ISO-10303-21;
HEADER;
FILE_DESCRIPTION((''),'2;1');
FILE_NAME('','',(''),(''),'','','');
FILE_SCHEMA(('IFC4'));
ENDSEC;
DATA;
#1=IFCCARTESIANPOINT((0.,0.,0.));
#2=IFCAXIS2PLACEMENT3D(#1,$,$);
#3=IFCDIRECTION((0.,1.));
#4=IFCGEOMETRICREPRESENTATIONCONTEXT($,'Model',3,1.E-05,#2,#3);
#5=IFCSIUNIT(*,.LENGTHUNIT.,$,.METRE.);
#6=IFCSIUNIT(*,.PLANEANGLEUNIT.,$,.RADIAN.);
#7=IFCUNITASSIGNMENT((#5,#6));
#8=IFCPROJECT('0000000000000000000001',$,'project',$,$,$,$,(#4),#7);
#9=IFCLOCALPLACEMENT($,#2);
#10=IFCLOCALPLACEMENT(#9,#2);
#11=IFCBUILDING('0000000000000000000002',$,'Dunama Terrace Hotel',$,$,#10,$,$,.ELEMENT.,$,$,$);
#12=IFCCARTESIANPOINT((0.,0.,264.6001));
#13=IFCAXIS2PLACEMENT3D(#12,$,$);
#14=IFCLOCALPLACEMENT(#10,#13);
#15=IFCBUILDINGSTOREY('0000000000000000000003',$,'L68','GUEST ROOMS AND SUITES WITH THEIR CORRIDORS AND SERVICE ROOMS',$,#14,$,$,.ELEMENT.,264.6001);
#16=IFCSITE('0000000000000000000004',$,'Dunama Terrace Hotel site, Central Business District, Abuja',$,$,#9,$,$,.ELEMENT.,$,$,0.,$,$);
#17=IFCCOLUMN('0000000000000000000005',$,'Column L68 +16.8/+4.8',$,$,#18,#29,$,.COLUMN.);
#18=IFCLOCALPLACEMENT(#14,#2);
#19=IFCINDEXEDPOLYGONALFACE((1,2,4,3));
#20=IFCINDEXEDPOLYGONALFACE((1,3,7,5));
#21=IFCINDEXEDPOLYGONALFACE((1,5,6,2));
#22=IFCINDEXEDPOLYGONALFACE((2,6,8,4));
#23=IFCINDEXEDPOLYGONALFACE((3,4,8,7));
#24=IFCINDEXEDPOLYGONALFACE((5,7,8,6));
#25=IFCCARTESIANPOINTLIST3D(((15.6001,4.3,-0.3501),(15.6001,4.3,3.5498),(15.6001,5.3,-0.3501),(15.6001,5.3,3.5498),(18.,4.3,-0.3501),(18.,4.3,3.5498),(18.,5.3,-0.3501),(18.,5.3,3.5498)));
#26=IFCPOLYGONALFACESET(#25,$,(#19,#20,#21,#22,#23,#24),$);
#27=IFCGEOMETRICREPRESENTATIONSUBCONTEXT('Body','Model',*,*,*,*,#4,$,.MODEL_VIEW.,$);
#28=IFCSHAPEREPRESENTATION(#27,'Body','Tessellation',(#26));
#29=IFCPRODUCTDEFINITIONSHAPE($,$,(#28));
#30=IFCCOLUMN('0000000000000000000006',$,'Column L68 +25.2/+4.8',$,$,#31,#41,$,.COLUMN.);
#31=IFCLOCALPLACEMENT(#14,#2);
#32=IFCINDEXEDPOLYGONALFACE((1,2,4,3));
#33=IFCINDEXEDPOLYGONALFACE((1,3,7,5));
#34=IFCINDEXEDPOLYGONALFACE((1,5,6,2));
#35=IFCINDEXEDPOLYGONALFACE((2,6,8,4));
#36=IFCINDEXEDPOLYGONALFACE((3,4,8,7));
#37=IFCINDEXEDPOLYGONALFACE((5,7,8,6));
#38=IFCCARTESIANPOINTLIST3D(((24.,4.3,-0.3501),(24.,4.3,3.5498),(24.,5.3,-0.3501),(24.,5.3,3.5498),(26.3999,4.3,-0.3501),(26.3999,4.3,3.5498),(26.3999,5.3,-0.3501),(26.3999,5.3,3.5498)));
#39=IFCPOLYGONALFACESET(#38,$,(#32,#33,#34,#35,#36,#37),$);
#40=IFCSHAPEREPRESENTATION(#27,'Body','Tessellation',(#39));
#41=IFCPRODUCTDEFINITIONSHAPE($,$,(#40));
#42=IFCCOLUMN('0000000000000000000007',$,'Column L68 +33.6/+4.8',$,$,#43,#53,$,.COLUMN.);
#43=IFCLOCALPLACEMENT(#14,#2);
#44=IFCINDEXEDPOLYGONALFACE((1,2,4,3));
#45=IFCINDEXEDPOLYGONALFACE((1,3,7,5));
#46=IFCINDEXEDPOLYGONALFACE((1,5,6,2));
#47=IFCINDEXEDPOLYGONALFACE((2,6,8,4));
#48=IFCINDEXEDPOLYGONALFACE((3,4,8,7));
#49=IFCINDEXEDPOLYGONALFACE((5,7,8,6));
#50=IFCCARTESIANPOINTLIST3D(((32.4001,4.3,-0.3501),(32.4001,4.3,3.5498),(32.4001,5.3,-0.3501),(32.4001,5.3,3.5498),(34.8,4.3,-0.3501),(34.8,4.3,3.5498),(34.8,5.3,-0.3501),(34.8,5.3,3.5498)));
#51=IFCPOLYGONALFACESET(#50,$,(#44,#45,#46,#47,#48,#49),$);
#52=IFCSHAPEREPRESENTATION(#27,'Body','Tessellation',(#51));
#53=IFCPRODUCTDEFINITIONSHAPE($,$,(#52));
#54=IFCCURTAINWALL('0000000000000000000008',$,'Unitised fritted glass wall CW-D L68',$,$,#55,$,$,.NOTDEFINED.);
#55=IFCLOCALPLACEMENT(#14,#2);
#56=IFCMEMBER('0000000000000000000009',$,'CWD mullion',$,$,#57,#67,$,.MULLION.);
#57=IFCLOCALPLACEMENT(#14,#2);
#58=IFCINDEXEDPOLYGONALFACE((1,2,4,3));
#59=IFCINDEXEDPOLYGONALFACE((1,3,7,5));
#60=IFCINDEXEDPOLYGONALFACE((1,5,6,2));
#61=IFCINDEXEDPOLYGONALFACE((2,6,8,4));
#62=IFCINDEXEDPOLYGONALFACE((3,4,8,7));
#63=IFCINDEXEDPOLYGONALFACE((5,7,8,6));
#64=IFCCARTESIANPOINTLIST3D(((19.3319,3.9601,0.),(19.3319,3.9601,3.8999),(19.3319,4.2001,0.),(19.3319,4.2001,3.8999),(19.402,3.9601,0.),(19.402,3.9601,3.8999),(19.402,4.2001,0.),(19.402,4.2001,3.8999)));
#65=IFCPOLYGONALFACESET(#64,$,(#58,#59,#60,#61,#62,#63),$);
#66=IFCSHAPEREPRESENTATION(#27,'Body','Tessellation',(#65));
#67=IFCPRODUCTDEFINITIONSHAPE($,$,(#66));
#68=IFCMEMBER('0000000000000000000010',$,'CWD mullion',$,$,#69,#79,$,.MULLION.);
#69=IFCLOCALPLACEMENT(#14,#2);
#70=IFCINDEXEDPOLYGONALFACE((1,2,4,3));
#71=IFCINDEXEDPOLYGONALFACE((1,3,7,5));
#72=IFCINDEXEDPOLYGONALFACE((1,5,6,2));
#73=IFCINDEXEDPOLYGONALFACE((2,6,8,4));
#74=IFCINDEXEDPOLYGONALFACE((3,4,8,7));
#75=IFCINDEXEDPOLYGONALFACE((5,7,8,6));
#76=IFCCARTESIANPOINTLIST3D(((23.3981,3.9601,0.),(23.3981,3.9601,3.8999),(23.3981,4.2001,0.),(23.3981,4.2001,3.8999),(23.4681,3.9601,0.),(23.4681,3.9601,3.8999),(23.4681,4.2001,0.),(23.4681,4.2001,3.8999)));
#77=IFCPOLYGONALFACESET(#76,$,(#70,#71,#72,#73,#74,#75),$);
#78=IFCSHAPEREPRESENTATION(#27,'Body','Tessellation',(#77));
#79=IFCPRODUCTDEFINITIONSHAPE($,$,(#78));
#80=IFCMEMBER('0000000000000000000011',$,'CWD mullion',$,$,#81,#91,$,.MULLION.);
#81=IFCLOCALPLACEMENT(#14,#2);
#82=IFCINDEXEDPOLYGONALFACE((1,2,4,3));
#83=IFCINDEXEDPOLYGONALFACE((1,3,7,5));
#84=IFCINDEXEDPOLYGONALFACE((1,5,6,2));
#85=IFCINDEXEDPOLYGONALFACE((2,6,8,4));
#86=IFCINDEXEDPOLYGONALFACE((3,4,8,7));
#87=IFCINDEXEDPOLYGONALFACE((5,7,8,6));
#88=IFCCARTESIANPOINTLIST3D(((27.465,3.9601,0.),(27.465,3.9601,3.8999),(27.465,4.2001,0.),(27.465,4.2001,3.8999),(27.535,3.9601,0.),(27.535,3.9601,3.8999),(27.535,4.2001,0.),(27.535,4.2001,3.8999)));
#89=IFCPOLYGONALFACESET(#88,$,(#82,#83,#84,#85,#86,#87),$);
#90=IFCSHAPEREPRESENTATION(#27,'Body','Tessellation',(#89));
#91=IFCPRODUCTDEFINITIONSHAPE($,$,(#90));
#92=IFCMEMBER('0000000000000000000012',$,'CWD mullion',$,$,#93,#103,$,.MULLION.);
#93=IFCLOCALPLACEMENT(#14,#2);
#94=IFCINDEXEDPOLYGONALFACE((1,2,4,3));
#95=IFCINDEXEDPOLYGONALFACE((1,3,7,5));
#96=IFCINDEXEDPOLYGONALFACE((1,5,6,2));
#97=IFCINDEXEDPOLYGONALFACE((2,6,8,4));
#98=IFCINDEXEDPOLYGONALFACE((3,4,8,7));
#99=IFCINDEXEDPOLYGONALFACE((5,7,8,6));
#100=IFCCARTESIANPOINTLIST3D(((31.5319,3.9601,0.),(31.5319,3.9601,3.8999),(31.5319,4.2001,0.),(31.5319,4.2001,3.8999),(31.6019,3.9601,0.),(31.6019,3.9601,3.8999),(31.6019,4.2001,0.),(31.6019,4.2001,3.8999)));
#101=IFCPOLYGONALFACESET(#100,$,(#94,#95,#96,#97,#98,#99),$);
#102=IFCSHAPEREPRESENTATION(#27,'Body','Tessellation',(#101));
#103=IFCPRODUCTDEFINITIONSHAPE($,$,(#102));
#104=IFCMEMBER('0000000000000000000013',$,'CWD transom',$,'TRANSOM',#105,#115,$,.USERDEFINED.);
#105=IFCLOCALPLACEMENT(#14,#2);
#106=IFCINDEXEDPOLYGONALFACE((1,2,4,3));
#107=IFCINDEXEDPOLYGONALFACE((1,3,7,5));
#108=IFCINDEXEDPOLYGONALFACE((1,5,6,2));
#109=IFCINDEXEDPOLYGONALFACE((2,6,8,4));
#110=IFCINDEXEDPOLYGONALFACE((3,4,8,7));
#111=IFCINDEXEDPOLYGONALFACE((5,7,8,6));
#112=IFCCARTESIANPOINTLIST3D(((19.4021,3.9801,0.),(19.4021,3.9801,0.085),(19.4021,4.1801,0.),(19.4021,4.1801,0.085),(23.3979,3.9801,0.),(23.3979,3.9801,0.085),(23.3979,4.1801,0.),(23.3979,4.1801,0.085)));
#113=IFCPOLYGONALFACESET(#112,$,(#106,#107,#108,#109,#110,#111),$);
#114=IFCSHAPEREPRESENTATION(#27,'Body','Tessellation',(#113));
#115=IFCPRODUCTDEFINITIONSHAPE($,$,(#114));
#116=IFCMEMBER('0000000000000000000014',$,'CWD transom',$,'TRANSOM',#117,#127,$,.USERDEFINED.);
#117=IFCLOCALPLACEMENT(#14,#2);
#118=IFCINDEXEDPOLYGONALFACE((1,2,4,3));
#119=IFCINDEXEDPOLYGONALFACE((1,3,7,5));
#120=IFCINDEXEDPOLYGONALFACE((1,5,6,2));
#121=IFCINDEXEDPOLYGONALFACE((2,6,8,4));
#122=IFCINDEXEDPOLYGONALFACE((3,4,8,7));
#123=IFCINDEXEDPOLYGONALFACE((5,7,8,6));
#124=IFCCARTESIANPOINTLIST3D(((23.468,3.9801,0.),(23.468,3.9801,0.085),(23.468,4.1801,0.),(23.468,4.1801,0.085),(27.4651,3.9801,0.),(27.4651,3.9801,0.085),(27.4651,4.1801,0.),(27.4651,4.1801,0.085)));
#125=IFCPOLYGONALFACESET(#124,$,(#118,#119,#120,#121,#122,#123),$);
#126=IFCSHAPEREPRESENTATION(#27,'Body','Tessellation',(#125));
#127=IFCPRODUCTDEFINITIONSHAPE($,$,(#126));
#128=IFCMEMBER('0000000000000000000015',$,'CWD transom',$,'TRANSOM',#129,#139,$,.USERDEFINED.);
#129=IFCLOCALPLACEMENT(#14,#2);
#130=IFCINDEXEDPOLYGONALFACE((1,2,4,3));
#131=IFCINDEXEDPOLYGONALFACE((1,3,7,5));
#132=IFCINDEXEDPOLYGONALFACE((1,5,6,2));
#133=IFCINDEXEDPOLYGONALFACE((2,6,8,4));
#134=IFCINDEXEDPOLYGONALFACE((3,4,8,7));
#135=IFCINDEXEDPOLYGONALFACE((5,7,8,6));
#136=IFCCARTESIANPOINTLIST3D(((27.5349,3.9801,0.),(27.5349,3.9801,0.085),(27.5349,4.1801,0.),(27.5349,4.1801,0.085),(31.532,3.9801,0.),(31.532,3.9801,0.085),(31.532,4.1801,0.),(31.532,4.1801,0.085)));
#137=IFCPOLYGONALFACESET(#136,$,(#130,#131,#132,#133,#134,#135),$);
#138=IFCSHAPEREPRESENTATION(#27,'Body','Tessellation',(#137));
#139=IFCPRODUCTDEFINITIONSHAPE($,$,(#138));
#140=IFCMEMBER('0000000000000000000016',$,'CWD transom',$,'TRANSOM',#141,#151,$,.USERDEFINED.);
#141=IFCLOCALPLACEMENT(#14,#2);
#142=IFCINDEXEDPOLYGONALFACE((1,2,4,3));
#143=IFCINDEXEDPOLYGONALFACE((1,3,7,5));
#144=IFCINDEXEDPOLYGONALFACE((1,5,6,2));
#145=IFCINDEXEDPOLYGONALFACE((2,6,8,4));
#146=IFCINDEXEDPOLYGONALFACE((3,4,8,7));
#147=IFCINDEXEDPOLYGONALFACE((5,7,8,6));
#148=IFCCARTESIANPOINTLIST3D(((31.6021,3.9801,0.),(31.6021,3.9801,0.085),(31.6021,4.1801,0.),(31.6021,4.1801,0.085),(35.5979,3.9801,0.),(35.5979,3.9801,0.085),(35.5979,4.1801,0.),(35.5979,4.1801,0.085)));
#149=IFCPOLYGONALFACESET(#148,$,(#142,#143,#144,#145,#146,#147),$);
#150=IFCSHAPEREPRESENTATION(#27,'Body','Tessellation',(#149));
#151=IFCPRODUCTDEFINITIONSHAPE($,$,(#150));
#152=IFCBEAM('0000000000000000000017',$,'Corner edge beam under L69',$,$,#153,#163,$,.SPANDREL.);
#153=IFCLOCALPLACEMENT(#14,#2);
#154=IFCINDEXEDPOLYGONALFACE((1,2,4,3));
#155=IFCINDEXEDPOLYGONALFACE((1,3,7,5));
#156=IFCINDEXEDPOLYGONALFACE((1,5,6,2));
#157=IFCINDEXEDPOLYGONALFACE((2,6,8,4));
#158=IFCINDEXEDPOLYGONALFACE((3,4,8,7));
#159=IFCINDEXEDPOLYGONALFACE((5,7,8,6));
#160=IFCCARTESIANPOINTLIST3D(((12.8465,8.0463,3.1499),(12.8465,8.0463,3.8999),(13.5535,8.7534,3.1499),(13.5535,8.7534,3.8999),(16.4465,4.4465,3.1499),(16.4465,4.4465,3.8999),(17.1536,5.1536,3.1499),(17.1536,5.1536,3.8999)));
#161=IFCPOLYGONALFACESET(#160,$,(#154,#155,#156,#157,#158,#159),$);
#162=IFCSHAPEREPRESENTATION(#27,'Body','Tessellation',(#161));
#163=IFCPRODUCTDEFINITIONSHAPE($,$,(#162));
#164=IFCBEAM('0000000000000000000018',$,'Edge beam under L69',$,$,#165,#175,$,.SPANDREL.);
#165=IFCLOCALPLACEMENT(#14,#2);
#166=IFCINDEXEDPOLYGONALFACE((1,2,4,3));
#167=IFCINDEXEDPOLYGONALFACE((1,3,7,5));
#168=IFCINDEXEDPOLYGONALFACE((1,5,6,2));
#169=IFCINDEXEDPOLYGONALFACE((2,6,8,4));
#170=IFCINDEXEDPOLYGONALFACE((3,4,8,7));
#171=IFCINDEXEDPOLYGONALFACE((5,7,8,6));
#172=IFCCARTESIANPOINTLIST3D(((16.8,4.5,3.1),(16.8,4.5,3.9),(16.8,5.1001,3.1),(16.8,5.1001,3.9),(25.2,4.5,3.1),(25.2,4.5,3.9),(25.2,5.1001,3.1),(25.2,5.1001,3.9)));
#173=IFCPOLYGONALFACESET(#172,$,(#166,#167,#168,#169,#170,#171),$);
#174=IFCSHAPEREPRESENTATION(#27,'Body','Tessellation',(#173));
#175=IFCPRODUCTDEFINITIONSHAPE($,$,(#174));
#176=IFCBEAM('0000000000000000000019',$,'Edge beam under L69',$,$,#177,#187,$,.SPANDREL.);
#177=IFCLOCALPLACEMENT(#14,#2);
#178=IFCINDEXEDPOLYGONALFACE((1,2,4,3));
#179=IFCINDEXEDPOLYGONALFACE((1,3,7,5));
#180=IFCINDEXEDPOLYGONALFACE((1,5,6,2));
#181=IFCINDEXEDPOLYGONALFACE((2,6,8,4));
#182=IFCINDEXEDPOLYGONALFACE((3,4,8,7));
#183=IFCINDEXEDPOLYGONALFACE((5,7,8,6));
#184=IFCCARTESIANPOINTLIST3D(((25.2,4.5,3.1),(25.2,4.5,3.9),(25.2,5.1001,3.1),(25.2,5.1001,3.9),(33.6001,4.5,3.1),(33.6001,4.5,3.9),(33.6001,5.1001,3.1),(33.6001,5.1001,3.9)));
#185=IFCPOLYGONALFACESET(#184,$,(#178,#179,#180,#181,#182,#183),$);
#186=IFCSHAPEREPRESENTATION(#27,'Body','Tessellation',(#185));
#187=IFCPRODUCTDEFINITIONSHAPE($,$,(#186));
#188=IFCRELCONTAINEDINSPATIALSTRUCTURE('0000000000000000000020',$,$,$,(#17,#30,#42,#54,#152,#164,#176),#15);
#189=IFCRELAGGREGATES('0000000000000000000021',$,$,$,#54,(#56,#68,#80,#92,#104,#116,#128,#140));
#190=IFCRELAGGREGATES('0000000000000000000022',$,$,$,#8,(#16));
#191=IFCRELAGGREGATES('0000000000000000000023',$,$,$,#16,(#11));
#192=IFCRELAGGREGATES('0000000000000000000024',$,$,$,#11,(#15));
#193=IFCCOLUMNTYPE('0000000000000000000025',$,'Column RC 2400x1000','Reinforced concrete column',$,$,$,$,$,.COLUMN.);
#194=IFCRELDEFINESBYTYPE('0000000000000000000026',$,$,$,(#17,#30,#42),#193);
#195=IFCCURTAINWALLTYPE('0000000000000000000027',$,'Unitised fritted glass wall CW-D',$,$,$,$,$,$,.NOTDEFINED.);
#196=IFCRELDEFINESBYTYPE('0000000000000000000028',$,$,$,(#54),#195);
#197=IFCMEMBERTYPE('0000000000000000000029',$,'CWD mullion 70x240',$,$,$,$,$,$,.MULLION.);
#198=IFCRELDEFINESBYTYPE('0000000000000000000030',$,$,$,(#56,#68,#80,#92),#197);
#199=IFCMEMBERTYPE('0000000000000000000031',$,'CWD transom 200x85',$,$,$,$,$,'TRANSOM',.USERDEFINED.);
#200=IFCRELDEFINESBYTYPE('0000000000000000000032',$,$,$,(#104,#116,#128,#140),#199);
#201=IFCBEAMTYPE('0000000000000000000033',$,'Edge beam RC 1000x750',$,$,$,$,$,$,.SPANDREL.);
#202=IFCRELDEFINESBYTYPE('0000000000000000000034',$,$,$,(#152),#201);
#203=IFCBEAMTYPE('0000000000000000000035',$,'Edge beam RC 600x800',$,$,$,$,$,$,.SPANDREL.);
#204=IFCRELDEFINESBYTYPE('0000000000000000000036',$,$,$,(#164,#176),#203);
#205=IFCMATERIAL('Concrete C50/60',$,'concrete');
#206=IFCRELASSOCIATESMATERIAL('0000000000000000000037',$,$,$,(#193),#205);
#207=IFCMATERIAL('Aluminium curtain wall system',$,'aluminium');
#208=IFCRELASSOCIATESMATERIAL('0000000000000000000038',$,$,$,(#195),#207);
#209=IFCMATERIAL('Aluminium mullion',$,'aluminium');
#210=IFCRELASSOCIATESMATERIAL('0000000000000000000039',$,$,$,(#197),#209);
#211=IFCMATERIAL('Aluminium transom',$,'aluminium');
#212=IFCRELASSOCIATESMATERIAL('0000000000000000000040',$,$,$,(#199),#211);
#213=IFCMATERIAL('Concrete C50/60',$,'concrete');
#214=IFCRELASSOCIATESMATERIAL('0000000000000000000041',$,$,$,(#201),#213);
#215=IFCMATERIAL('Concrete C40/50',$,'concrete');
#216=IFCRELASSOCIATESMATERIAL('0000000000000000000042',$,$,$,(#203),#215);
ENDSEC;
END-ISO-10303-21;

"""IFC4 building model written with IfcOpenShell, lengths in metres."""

from ifc_helpers import new_model, si_unit, direction, frame, origin, origin_2d, place, context, subcontext, project, spatial, rectangle, extrude, material, material_profile, profile_set, type_object, element, aggregate, save


model = new_model("IFC4")

# Units and contexts
model_context = context("Model", 3, precision=1e-05, world=origin(), true_north=direction((0.0, 1.0)))
body_context = subcontext(model_context, "Body", "Model", "MODEL_VIEW")
ifc_project = project(units=[si_unit("LENGTHUNIT", "METRE"), si_unit("PLANEANGLEUNIT", "RADIAN")], contexts=[model_context])

# Site, building, storey
site_placement = place(None, origin())
site = spatial("IfcSite", under=ifc_project, at=site_placement, Name="Dunama Terrace Hotel site, Central Business District, Abuja", CompositionType="ELEMENT", RefElevation=0.0)
building_placement = place(site_placement, origin())
building = spatial("IfcBuilding", under=site, at=building_placement, Name="Dunama Terrace Hotel", CompositionType="ELEMENT")
storey_placement = place(building_placement, frame((0.0, 0.0, 264.6001)))
storey = spatial("IfcBuildingStorey", under=building, at=storey_placement, Name="L68", Description="GUEST ROOMS AND SUITES WITH THEIR CORRIDORS AND SERVICE ROOMS", CompositionType="ELEMENT", Elevation=264.6001)

# Columns
ifc_material_1 = material(Name="Concrete C50/60", Category="concrete")
ifc_material_profile_1 = material_profile(ifc_material_1, rectangle(XDim=2.3999, YDim=1.0, at=origin_2d()), Name="RC 2400x1000")
ifc_profile_set_1 = profile_set([ifc_material_profile_1], Name="Concrete C50/60")
column_type = type_object("IfcColumnType", Name="Column RC 2400x1000", Description="Reinforced concrete column", PredefinedType="COLUMN", material=ifc_profile_set_1)
for number, where, z_axis, x_axis, name in (
    (1, (16.8, 4.8, -0.3501), (0.0, 0.0, 1.0), (1.0, 0.0, 0.0), "Column L68 +16.8/+4.8"),
    (2, (25.2, 4.8, -0.3501), (0.0, 0.0, 1.0), (1.0, 0.0, 0.0), "Column L68 +25.2/+4.8"),
    (3, (33.6001, 4.8, -0.3501), (0.0, 0.0, 1.0), (1.0, 0.0, 0.0), "Column L68 +33.6/+4.8"),
):
    element("IfcColumn", number, at=place(storey_placement, frame(where, z_axis=z_axis, x_axis=x_axis)), inside=storey, type_object=column_type, Name=name, PredefinedType="COLUMN", context=body_context, shape_type="SweptSolid", body=[
        extrude(rectangle(XDim=2.3999, YDim=1.0, at=origin_2d()), origin(), (0.0, 0.0, 1.0), 3.8999),
    ])

# Curtain wall, members
ifc_material_2 = material(Name="Aluminium curtain wall system", Category="aluminium")
curtain_wall_type = type_object("IfcCurtainWallType", Name="Unitised fritted glass wall CW-D", PredefinedType="NOTDEFINED", material=ifc_material_2)
curtain_wall_placement = place(storey_placement, origin())
curtain_wall = element("IfcCurtainWall", 4, at=curtain_wall_placement, inside=storey, type_object=curtain_wall_type, Name="Unitised fritted glass wall CW-D L68", PredefinedType="NOTDEFINED")
ifc_material_3 = material(Name="Aluminium mullion", Category="aluminium")
ifc_material_profile_2 = material_profile(ifc_material_3, rectangle(XDim=0.0701, YDim=0.24, at=origin_2d()), Name="CWD MULLION 70X240")
ifc_profile_set_2 = profile_set([ifc_material_profile_2], Name="Aluminium mullion")
member_type_1 = type_object("IfcMemberType", Name="CWD mullion 70x240", PredefinedType="MULLION", material=ifc_profile_set_2)
member_1_placement = place(storey_placement, frame((19.3669, 4.0801, 0.0), z_axis=(0.0, 0.0, 1.0), x_axis=(1.0, 0.0, 0.0)))
member_1 = element("IfcMember", 5, at=member_1_placement, type_object=member_type_1, Name="CWD mullion", PredefinedType="MULLION", context=body_context, shape_type="SweptSolid", body=[
    extrude(rectangle(XDim=0.0701, YDim=0.24, at=origin_2d()), origin(), (0.0, 0.0, 1.0), 3.8999),
])
member_2_placement = place(storey_placement, frame((23.4331, 4.0801, 0.0), z_axis=(0.0, 0.0, 1.0), x_axis=(1.0, 0.0, 0.0)))
member_2 = element("IfcMember", 6, at=member_2_placement, type_object=member_type_1, Name="CWD mullion", PredefinedType="MULLION", context=body_context, shape_type="SweptSolid", body=[
    extrude(rectangle(XDim=0.0701, YDim=0.24, at=origin_2d()), origin(), (0.0, 0.0, 1.0), 3.8999),
])
member_3_placement = place(storey_placement, frame((27.5, 4.0801, 0.0), z_axis=(0.0, 0.0, 1.0), x_axis=(1.0, 0.0, 0.0)))
member_3 = element("IfcMember", 7, at=member_3_placement, type_object=member_type_1, Name="CWD mullion", PredefinedType="MULLION", context=body_context, shape_type="SweptSolid", body=[
    extrude(rectangle(XDim=0.0701, YDim=0.24, at=origin_2d()), origin(), (0.0, 0.0, 1.0), 3.8999),
])
member_4_placement = place(storey_placement, frame((31.5669, 4.0801, 0.0), z_axis=(0.0, 0.0, 1.0), x_axis=(1.0, 0.0, 0.0)))
member_4 = element("IfcMember", 8, at=member_4_placement, type_object=member_type_1, Name="CWD mullion", PredefinedType="MULLION", context=body_context, shape_type="SweptSolid", body=[
    extrude(rectangle(XDim=0.0701, YDim=0.24, at=origin_2d()), origin(), (0.0, 0.0, 1.0), 3.8999),
])
ifc_material_4 = material(Name="Aluminium transom", Category="aluminium")
ifc_material_profile_3 = material_profile(ifc_material_4, rectangle(XDim=0.2, YDim=0.085, at=origin_2d()), Name="CWD TRANSOM 200X85")
ifc_profile_set_3 = profile_set([ifc_material_profile_3], Name="Aluminium transom")
member_type_2 = type_object("IfcMemberType", Name="CWD transom 200x85", ElementType="TRANSOM", PredefinedType="USERDEFINED", material=ifc_profile_set_3)
member_5_placement = place(storey_placement, frame((19.4021, 4.0801, 0.0425), z_axis=(1.0, 0.0, 0.0), x_axis=(0.0, 1.0, 0.0)))
member_5 = element("IfcMember", 9, at=member_5_placement, type_object=member_type_2, Name="CWD transom", ObjectType="TRANSOM", PredefinedType="USERDEFINED", context=body_context, shape_type="SweptSolid", body=[
    extrude(rectangle(XDim=0.2, YDim=0.085, at=origin_2d()), origin(), (0.0, 0.0, 1.0), 3.9958),
])
member_6_placement = place(storey_placement, frame((23.468, 4.0801, 0.0425), z_axis=(1.0, 0.0, 0.0), x_axis=(0.0, 1.0, 0.0)))
member_6 = element("IfcMember", 10, at=member_6_placement, type_object=member_type_2, Name="CWD transom", ObjectType="TRANSOM", PredefinedType="USERDEFINED", context=body_context, shape_type="SweptSolid", body=[
    extrude(rectangle(XDim=0.2, YDim=0.085, at=origin_2d()), origin(), (0.0, 0.0, 1.0), 3.9971),
])
member_7_placement = place(storey_placement, frame((27.5349, 4.0801, 0.0425), z_axis=(1.0, 0.0, 0.0), x_axis=(0.0, 1.0, 0.0)))
member_7 = element("IfcMember", 11, at=member_7_placement, type_object=member_type_2, Name="CWD transom", ObjectType="TRANSOM", PredefinedType="USERDEFINED", context=body_context, shape_type="SweptSolid", body=[
    extrude(rectangle(XDim=0.2, YDim=0.085, at=origin_2d()), origin(), (0.0, 0.0, 1.0), 3.9971),
])
member_8_placement = place(storey_placement, frame((31.6021, 4.0801, 0.0425), z_axis=(1.0, 0.0, 0.0), x_axis=(0.0, 1.0, 0.0)))
member_8 = element("IfcMember", 12, at=member_8_placement, type_object=member_type_2, Name="CWD transom", ObjectType="TRANSOM", PredefinedType="USERDEFINED", context=body_context, shape_type="SweptSolid", body=[
    extrude(rectangle(XDim=0.2, YDim=0.085, at=origin_2d()), origin(), (0.0, 0.0, 1.0), 3.9958),
])

# Beams
ifc_material_5 = material(Name="Concrete C50/60", Category="concrete")
ifc_material_profile_4 = material_profile(ifc_material_5, rectangle(XDim=1.0, YDim=0.75, at=origin_2d()), Name="RC 1000x750")
ifc_profile_set_4 = profile_set([ifc_material_profile_4], Name="Concrete C50/60")
beam_type_1 = type_object("IfcBeamType", Name="Edge beam RC 1000x750", PredefinedType="SPANDREL", material=ifc_profile_set_4)
beam_1_placement = place(storey_placement, frame((16.8, 4.8, 3.5249), z_axis=(-0.707131, 0.707083, 0.0), x_axis=(-0.707083, -0.707131, 0.0)))
element("IfcBeam", 13, at=beam_1_placement, inside=storey, type_object=beam_type_1, Name="Corner edge beam under L69", PredefinedType="SPANDREL", context=body_context, shape_type="SweptSolid", body=[
    extrude(rectangle(XDim=1.0, YDim=0.75, at=origin_2d()), origin(), (0.0, 0.0, 1.0), 5.0911),
])
ifc_material_6 = material(Name="Concrete C40/50", Category="concrete")
ifc_material_profile_5 = material_profile(ifc_material_6, rectangle(XDim=0.6001, YDim=0.8, at=origin_2d()), Name="RC 600x800")
ifc_profile_set_5 = profile_set([ifc_material_profile_5], Name="Concrete C40/50")
beam_type_2 = type_object("IfcBeamType", Name="Edge beam RC 600x800", PredefinedType="SPANDREL", material=ifc_profile_set_5)
beam_2_placement = place(storey_placement, frame((16.8, 4.8, 3.5), z_axis=(1.0, 0.0, 0.0), x_axis=(0.0, 1.0, 0.0)))
element("IfcBeam", 14, at=beam_2_placement, inside=storey, type_object=beam_type_2, Name="Edge beam under L69", PredefinedType="SPANDREL", context=body_context, shape_type="SweptSolid", body=[
    extrude(rectangle(XDim=0.6001, YDim=0.8, at=origin_2d()), origin(), (0.0, 0.0, 1.0), 8.3999),
])
beam_3_placement = place(storey_placement, frame((25.2, 4.8, 3.5), z_axis=(1.0, 0.0, 0.0), x_axis=(0.0, 1.0, 0.0)))
element("IfcBeam", 15, at=beam_3_placement, inside=storey, type_object=beam_type_2, Name="Edge beam under L69", PredefinedType="SPANDREL", context=body_context, shape_type="SweptSolid", body=[
    extrude(rectangle(XDim=0.6001, YDim=0.8, at=origin_2d()), origin(), (0.0, 0.0, 1.0), 8.4001),
])

aggregate(curtain_wall, [member_1, member_2, member_3, member_4, member_5, member_6, member_7, member_8])

save(model, "model.ifc")
